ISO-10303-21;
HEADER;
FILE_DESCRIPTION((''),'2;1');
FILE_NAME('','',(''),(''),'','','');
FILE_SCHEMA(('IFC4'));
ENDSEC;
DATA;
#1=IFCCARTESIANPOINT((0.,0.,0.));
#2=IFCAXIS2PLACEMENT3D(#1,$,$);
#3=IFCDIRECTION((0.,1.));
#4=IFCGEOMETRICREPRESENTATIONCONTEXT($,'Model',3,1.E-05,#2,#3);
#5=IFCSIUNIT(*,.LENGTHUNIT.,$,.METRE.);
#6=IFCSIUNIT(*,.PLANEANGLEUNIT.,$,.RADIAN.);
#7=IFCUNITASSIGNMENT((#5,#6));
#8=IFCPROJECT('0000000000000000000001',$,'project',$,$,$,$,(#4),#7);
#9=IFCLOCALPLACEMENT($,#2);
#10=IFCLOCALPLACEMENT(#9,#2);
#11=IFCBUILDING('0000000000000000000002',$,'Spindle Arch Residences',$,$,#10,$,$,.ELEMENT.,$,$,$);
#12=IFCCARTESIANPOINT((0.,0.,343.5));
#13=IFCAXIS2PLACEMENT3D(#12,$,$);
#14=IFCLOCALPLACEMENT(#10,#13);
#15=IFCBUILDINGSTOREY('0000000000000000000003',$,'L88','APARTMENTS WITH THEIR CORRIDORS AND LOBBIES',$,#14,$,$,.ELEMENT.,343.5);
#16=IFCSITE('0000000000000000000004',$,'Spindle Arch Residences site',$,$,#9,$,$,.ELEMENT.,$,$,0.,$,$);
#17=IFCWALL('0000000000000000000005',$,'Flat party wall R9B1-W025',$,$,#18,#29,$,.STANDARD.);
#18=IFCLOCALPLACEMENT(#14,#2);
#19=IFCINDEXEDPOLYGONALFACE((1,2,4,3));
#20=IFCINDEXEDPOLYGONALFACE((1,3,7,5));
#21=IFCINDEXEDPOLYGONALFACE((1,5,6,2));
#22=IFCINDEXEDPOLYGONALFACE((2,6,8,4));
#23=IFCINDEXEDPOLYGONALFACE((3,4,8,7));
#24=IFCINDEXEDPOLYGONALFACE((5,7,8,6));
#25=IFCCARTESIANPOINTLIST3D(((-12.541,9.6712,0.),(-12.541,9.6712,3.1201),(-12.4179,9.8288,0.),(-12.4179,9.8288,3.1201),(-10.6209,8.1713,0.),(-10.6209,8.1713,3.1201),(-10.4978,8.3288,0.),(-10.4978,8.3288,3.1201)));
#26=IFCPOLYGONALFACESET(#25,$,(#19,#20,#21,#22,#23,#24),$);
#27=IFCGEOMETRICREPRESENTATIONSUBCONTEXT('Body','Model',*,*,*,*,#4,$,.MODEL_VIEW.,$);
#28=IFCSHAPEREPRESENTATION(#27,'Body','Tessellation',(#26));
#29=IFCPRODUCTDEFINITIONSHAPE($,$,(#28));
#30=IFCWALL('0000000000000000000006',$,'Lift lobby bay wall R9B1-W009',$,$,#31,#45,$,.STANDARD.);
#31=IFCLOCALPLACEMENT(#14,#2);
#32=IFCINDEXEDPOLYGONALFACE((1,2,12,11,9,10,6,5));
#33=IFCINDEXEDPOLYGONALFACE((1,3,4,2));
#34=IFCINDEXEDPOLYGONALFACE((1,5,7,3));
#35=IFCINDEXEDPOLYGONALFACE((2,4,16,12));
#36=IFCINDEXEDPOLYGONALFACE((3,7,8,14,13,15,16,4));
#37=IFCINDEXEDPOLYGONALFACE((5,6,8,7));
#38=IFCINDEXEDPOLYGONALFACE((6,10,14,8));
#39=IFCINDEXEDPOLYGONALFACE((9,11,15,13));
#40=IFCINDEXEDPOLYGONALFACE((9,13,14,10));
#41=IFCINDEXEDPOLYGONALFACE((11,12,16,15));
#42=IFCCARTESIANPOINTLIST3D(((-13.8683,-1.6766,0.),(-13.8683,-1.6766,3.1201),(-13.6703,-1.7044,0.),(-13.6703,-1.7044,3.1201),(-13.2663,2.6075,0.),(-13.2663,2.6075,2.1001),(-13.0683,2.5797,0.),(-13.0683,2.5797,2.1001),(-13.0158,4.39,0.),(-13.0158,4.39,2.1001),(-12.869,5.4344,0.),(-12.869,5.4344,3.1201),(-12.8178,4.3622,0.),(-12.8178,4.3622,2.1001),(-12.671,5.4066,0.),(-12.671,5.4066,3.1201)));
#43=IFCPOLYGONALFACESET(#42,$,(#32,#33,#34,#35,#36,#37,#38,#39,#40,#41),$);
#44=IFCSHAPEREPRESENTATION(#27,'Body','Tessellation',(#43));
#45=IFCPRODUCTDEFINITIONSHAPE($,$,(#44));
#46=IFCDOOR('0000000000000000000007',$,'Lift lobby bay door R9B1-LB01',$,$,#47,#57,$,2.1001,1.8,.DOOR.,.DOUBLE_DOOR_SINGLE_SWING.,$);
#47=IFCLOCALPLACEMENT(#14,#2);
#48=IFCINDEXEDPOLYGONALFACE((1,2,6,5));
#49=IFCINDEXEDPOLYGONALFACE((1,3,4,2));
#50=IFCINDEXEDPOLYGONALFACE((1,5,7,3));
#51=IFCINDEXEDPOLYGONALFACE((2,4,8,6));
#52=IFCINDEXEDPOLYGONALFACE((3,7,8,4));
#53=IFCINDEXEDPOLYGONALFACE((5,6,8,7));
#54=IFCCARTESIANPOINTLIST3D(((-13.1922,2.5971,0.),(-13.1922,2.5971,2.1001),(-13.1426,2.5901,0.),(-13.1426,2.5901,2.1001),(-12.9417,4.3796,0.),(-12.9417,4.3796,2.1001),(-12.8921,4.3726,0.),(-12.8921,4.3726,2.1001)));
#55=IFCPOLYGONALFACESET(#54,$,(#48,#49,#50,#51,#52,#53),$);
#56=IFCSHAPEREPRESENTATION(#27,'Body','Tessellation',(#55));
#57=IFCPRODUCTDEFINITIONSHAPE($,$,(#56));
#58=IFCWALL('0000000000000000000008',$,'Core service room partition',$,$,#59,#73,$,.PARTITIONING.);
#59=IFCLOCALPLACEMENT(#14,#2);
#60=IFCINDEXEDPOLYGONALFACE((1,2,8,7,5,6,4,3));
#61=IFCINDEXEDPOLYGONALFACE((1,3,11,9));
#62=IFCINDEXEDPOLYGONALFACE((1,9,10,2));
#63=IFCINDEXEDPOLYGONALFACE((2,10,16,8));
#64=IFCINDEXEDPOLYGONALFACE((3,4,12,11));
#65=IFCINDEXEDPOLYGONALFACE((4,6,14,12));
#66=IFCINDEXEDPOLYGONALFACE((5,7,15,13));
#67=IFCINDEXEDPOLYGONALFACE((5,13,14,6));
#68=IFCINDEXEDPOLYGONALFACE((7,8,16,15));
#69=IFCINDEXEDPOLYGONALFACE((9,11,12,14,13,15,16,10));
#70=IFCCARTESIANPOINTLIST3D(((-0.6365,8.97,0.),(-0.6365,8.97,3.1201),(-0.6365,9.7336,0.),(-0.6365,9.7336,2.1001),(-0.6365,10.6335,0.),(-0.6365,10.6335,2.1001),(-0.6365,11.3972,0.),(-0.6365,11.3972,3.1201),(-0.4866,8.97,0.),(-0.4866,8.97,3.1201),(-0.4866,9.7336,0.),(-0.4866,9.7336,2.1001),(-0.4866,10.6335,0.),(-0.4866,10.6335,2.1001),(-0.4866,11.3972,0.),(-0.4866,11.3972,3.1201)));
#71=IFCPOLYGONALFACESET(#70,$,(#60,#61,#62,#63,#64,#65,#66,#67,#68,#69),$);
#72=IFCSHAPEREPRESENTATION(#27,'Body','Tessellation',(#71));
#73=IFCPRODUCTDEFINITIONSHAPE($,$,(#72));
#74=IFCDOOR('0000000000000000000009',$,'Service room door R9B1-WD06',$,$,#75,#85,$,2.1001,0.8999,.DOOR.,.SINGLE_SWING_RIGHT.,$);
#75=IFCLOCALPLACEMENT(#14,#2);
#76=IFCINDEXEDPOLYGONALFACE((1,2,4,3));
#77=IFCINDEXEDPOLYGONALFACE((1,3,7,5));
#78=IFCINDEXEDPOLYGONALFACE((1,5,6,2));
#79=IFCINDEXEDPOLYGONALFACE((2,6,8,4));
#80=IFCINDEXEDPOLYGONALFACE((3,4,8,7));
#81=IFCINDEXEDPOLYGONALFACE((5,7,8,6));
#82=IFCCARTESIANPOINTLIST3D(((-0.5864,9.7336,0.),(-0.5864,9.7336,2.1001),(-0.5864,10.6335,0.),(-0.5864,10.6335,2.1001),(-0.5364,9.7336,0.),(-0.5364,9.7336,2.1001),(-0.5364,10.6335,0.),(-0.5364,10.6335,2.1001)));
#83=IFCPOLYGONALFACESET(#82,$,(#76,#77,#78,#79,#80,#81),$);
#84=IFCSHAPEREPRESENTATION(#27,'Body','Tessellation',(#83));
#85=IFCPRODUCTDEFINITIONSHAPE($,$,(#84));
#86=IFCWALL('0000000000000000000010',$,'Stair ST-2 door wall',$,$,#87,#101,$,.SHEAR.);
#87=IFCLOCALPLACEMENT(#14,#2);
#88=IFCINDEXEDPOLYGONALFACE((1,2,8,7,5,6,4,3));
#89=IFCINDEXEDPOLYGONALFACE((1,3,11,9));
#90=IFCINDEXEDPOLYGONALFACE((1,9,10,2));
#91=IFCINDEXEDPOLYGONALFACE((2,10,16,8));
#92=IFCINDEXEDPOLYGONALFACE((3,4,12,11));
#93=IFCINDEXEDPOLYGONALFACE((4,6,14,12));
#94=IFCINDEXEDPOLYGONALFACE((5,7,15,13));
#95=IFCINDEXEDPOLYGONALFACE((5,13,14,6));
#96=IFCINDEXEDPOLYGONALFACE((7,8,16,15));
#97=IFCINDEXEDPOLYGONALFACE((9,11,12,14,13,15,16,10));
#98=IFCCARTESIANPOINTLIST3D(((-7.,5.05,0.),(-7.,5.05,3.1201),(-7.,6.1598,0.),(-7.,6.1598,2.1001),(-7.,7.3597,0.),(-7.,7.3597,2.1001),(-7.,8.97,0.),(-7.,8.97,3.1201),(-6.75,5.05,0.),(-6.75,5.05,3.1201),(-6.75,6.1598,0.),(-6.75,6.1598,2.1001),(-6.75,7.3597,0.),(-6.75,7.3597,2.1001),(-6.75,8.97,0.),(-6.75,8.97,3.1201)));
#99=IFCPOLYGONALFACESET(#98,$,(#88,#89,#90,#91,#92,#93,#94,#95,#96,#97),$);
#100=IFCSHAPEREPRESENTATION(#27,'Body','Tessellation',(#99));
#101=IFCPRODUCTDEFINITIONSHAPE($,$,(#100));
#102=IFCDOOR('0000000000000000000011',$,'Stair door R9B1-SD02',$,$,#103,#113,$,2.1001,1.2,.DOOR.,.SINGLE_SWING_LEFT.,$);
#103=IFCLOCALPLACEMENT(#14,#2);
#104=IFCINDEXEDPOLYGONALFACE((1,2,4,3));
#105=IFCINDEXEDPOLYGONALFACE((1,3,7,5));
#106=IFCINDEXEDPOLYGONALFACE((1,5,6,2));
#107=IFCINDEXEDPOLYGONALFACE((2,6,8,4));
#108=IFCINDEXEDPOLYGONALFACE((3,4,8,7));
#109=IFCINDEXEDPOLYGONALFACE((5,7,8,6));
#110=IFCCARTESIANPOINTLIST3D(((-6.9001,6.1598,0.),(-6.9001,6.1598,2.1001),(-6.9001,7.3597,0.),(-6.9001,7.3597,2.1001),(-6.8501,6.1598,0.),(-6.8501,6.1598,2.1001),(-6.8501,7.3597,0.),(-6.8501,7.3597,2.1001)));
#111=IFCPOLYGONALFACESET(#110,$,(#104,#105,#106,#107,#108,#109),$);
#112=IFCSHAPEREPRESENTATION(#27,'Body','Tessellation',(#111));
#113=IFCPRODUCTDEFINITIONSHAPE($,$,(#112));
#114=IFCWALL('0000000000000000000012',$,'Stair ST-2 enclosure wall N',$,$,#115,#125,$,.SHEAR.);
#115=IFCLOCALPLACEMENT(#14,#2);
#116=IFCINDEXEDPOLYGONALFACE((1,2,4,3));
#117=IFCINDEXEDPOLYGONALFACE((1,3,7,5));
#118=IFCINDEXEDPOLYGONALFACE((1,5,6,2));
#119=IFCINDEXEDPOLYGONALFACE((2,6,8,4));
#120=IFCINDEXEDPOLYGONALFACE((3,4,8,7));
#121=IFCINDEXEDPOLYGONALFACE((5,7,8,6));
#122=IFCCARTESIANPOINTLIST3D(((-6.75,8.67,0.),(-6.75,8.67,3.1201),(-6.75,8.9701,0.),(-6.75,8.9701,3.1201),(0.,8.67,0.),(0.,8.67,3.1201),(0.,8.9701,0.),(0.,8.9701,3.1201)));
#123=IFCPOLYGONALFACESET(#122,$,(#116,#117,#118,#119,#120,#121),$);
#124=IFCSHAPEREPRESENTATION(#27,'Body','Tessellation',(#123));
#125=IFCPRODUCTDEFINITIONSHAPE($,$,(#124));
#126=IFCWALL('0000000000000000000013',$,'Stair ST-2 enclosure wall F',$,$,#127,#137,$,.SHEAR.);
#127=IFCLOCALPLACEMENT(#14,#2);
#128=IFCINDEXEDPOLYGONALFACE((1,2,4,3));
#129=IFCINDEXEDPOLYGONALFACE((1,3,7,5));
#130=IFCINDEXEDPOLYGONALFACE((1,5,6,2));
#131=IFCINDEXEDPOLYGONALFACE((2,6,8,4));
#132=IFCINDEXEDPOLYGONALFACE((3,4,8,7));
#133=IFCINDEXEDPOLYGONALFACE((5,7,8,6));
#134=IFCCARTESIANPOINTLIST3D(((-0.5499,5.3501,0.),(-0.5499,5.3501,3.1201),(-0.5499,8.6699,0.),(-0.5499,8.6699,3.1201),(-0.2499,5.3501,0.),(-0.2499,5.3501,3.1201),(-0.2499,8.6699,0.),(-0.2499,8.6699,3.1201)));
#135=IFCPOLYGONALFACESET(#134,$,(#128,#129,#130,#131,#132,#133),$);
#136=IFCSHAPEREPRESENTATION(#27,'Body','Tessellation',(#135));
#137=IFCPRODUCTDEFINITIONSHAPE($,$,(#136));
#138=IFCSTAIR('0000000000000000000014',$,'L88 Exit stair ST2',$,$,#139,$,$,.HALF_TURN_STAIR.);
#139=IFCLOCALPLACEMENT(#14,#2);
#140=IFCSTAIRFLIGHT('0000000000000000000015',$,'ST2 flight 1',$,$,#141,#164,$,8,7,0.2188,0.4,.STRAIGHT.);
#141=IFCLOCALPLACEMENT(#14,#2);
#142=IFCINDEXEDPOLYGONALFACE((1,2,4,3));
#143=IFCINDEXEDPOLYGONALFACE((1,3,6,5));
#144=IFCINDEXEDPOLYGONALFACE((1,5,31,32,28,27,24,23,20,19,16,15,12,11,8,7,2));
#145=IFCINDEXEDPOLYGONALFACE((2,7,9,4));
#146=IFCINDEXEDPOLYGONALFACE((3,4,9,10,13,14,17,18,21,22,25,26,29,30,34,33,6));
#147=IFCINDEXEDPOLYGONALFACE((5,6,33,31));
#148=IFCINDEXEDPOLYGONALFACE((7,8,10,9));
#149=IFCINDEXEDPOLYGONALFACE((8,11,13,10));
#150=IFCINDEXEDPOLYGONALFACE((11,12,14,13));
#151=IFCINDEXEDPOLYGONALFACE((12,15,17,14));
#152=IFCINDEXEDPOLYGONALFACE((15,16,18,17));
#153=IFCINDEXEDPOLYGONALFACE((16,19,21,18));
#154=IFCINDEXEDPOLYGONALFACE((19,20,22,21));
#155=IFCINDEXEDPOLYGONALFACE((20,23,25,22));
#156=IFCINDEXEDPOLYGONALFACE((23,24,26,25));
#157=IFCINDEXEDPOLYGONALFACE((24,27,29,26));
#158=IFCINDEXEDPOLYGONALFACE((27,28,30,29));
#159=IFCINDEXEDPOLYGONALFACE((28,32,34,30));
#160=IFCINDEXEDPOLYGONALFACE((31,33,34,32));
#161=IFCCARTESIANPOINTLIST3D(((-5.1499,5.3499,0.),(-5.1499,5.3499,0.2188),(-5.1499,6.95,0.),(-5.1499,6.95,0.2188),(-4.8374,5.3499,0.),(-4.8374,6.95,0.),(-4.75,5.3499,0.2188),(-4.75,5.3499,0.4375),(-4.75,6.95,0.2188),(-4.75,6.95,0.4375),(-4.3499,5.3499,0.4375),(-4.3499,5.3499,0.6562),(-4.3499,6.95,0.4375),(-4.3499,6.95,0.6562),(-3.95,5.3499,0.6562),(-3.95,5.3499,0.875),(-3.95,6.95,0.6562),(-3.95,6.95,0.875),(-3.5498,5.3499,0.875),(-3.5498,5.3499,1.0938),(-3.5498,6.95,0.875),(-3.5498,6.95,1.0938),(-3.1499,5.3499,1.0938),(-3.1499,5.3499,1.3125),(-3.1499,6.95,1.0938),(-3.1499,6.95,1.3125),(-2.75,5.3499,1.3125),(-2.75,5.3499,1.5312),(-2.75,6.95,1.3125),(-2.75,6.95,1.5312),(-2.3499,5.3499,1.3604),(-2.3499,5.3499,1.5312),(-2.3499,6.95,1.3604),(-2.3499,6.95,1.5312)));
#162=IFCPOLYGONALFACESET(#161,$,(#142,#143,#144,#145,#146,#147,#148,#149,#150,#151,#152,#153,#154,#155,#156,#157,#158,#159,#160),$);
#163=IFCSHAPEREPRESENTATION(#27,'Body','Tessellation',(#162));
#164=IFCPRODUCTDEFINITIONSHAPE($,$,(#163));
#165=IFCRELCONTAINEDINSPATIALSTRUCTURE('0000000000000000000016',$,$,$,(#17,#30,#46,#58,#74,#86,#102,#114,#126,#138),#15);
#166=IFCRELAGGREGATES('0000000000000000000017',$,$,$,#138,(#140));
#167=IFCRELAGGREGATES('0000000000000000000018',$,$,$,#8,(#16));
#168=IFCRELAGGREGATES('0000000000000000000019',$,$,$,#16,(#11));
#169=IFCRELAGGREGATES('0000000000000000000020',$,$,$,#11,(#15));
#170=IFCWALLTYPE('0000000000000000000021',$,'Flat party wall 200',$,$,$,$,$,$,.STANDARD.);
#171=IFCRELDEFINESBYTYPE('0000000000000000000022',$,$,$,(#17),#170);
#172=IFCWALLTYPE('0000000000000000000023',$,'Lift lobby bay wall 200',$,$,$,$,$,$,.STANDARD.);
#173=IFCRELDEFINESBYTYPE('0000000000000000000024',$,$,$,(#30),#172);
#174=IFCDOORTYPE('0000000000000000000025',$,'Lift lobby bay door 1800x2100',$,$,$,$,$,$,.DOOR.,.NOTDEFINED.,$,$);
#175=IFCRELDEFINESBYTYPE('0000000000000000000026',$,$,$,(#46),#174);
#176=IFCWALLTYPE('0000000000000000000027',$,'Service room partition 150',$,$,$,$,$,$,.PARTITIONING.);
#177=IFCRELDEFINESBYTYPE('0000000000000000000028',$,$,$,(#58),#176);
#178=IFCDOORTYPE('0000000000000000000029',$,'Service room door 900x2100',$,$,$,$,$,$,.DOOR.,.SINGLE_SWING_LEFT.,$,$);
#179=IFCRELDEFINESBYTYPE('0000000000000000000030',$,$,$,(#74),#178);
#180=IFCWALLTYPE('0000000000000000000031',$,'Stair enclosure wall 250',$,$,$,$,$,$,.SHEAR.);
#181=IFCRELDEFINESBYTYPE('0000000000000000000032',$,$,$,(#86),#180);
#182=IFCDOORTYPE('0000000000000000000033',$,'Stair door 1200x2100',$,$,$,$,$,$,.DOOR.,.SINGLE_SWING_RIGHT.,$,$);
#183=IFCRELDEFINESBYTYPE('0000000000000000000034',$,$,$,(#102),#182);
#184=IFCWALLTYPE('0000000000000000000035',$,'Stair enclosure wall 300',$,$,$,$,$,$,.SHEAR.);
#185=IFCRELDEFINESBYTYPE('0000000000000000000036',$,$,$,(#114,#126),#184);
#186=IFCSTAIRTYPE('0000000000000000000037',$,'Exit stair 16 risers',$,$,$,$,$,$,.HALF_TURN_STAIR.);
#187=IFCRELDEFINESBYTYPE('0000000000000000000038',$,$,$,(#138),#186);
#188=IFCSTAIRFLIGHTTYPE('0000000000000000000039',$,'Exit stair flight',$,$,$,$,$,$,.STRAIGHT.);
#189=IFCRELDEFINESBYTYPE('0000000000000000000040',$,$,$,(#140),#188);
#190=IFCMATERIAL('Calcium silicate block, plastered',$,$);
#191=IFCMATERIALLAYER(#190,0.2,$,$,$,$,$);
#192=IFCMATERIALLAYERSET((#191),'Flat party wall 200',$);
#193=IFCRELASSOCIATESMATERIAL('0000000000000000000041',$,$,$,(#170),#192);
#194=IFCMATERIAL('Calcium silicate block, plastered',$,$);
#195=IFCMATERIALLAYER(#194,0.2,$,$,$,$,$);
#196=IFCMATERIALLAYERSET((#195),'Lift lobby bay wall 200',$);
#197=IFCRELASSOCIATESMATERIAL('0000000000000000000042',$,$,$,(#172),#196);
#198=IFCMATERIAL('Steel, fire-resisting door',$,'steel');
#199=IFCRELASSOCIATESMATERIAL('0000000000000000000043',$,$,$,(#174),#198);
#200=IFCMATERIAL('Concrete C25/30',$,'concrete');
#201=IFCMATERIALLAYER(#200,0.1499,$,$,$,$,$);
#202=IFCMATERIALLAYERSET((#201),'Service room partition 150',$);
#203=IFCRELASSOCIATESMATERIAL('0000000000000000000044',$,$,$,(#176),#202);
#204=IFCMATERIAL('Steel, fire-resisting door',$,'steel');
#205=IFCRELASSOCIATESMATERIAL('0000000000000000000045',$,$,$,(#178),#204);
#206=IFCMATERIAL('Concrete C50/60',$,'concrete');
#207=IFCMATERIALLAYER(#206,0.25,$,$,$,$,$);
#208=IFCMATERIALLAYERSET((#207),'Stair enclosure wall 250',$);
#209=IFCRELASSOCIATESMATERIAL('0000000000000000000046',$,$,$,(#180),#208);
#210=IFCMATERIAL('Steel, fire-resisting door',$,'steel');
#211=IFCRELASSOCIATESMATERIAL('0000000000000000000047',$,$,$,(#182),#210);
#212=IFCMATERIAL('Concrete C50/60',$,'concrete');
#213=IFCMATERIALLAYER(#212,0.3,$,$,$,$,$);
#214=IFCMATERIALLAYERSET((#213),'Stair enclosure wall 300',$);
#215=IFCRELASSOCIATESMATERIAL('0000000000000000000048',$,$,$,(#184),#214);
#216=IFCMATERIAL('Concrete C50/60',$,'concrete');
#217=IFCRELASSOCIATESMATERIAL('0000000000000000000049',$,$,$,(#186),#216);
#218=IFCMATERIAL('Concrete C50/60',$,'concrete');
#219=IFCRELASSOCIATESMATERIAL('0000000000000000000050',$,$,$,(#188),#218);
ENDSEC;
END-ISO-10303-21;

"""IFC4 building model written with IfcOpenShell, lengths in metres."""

from ifc_helpers import new_model, si_unit, direction, frame, frame_2d, origin, place, context, subcontext, project, spatial, polyline, rectangle, outline, extrude, material, layer, layer_set, type_object, element, fill, aggregate, save


model = new_model("IFC4")

# Units and contexts
model_context = context("Model", 3, precision=1e-05, world=origin(), true_north=direction((0.0, 1.0)))
body_context = subcontext(model_context, "Body", "Model", "MODEL_VIEW")
ifc_project = project(units=[si_unit("LENGTHUNIT", "METRE"), si_unit("PLANEANGLEUNIT", "RADIAN")], contexts=[model_context])

# Site, building, storey
site_placement = place(None, origin())
site = spatial("IfcSite", under=ifc_project, at=site_placement, Name="Spindle Arch Residences site", CompositionType="ELEMENT", RefElevation=0.0)
building_placement = place(site_placement, origin())
building = spatial("IfcBuilding", under=site, at=building_placement, Name="Spindle Arch Residences", CompositionType="ELEMENT")
storey_placement = place(building_placement, frame((0.0, 0.0, 343.5)))
storey = spatial("IfcBuildingStorey", under=building, at=storey_placement, Name="L88", Description="APARTMENTS WITH THEIR CORRIDORS AND LOBBIES", CompositionType="ELEMENT", Elevation=343.5)

# Wall
ifc_material_1 = material(Name="Calcium silicate block, plastered")
ifc_layer_1 = layer(ifc_material_1, 0.2)
ifc_layer_set_1 = layer_set([ifc_layer_1], Name="Flat party wall 200")
wall_type_1 = type_object("IfcWallType", Name="Flat party wall 200", PredefinedType="STANDARD", material=ifc_layer_set_1)
wall_1_placement = place(storey_placement, frame((-12.4795, 9.75, 0.0), z_axis=(0.0, 0.0, 1.0), x_axis=(0.78805, -0.615611, 0.0)))
element("IfcWall", 1, at=wall_1_placement, inside=storey, type_object=wall_type_1, Name="Flat party wall R9B1-W025", PredefinedType="STANDARD", context=body_context, shape_type="SweptSolid", body=[
    extrude(rectangle(XDim=2.4365, YDim=0.2, at=frame_2d((1.2183, 0.0))), origin(), (0.0, 0.0, 1.0), 3.1201),
])

# Walls, openings, doors
ifc_material_2 = material(Name="Calcium silicate block, plastered")
ifc_layer_2 = layer(ifc_material_2, 0.2)
ifc_layer_set_2 = layer_set([ifc_layer_2], Name="Lift lobby bay wall 200")
wall_type_2 = type_object("IfcWallType", Name="Lift lobby bay wall 200", PredefinedType="STANDARD", material=ifc_layer_set_2)
wall_2_placement = place(storey_placement, frame((-12.77, 5.4204, 0.0), z_axis=(0.0, 0.0, 1.0), x_axis=(-0.139155, -0.990271, 0.0)))
wall_2 = element("IfcWall", 2, at=wall_2_placement, inside=storey, type_object=wall_type_2, Name="Lift lobby bay wall R9B1-W009", PredefinedType="STANDARD", context=body_context, shape_type="SweptSolid", body=[
    extrude(rectangle(XDim=7.1809, YDim=0.2, at=frame_2d((3.5903, 0.0))), origin(), (0.0, 0.0, 1.0), 3.1201),
])
opening_1_placement = place(wall_2_placement, frame((1.0547, 0.0, 0.0)))
opening_1 = element("IfcOpeningElement", 3, at=opening_1_placement, cuts=wall_2, PredefinedType="OPENING", context=body_context, shape_type="SweptSolid", body=[
    extrude(rectangle(XDim=1.8, YDim=2.1001, at=frame_2d((0.8999, 1.05))), frame((0.0, 0.1099, 0.0), z_axis=(0.0, -1.0, 0.0), x_axis=(1.0, 0.0, 0.0)), (0.0, 0.0, 1.0), 0.22),
])
ifc_material_3 = material(Name="Steel, fire-resisting door", Category="steel")
door_type_1 = type_object("IfcDoorType", Name="Lift lobby bay door 1800x2100", OperationType="NOTDEFINED", PredefinedType="DOOR", material=ifc_material_3)
door_1_placement = place(opening_1_placement, origin())
door_1 = element("IfcDoor", 4, at=door_1_placement, inside=storey, type_object=door_type_1, Name="Lift lobby bay door R9B1-LB01", OperationType="DOUBLE_DOOR_SINGLE_SWING", OverallHeight=2.1001, OverallWidth=1.8, PredefinedType="DOOR", context=body_context, shape_type="SweptSolid", body=[
    extrude(rectangle(XDim=1.8, YDim=2.1001, at=frame_2d((0.8999, 1.05))), frame((0.0, 0.0249, 0.0), z_axis=(0.0, -1.0, 0.0), x_axis=(1.0, 0.0, 0.0)), (0.0, 0.0, 1.0), 0.05),
])
fill(opening_1, door_1)
ifc_material_4 = material(Name="Concrete C25/30", Category="concrete")
ifc_layer_3 = layer(ifc_material_4, 0.1499)
ifc_layer_set_3 = layer_set([ifc_layer_3], Name="Service room partition 150")
wall_type_3 = type_object("IfcWallType", Name="Service room partition 150", PredefinedType="PARTITIONING", material=ifc_layer_set_3)
wall_3_placement = place(storey_placement, frame((-0.5615, 8.97, 0.0), z_axis=(0.0, 0.0, 1.0), x_axis=(0.0, 1.0, 0.0)))
wall_3 = element("IfcWall", 5, at=wall_3_placement, inside=storey, type_object=wall_type_3, Name="Core service room partition", PredefinedType="PARTITIONING", context=body_context, shape_type="SweptSolid", body=[
    extrude(rectangle(XDim=2.4272, YDim=0.1499, at=frame_2d((1.2136, 0.0))), origin(), (0.0, 0.0, 1.0), 3.1201),
])
opening_2_placement = place(wall_3_placement, frame((0.7637, 0.0, 0.0)))
opening_2 = element("IfcOpeningElement", 6, at=opening_2_placement, cuts=wall_3, PredefinedType="OPENING", context=body_context, shape_type="SweptSolid", body=[
    extrude(rectangle(XDim=0.8999, YDim=2.1001, at=frame_2d((0.45, 1.05))), frame((0.0, 0.085, 0.0), z_axis=(0.0, -1.0, 0.0), x_axis=(1.0, 0.0, 0.0)), (0.0, 0.0, 1.0), 0.1699),
])
ifc_material_5 = material(Name="Steel, fire-resisting door", Category="steel")
door_type_2 = type_object("IfcDoorType", Name="Service room door 900x2100", OperationType="SINGLE_SWING_LEFT", PredefinedType="DOOR", material=ifc_material_5)
door_2_placement = place(opening_2_placement, origin())
door_2 = element("IfcDoor", 7, at=door_2_placement, inside=storey, type_object=door_type_2, Name="Service room door R9B1-WD06", OperationType="SINGLE_SWING_RIGHT", OverallHeight=2.1001, OverallWidth=0.8999, PredefinedType="DOOR", context=body_context, shape_type="SweptSolid", body=[
    extrude(rectangle(XDim=0.8999, YDim=2.1001, at=frame_2d((0.45, 1.05))), frame((0.0, 0.0249, 0.0), z_axis=(0.0, -1.0, 0.0), x_axis=(1.0, 0.0, 0.0)), (0.0, 0.0, 1.0), 0.05),
])
fill(opening_2, door_2)
ifc_material_6 = material(Name="Concrete C50/60", Category="concrete")
ifc_layer_4 = layer(ifc_material_6, 0.25)
ifc_layer_set_4 = layer_set([ifc_layer_4], Name="Stair enclosure wall 250")
wall_type_4 = type_object("IfcWallType", Name="Stair enclosure wall 250", PredefinedType="SHEAR", material=ifc_layer_set_4)
wall_4_placement = place(storey_placement, frame((-6.875, 8.97, 0.0), z_axis=(0.0, 0.0, 1.0), x_axis=(0.0, -1.0, 0.0)))
wall_4 = element("IfcWall", 8, at=wall_4_placement, inside=storey, type_object=wall_type_4, Name="Stair ST-2 door wall", PredefinedType="SHEAR", context=body_context, shape_type="SweptSolid", body=[
    extrude(rectangle(XDim=3.9199, YDim=0.25, at=frame_2d((1.96, 0.0))), origin(), (0.0, 0.0, 1.0), 3.1201),
])
opening_3_placement = place(wall_4_placement, frame((1.6101, 0.0, 0.0)))
opening_3 = element("IfcOpeningElement", 9, at=opening_3_placement, cuts=wall_4, PredefinedType="OPENING", context=body_context, shape_type="SweptSolid", body=[
    extrude(rectangle(XDim=1.2, YDim=2.1001, at=frame_2d((0.6001, 1.05))), frame((0.0, 0.135, 0.0), z_axis=(0.0, -1.0, 0.0), x_axis=(1.0, 0.0, 0.0)), (0.0, 0.0, 1.0), 0.27),
])
ifc_material_7 = material(Name="Steel, fire-resisting door", Category="steel")
door_type_3 = type_object("IfcDoorType", Name="Stair door 1200x2100", OperationType="SINGLE_SWING_RIGHT", PredefinedType="DOOR", material=ifc_material_7)
door_3_placement = place(opening_3_placement, origin())
door_3 = element("IfcDoor", 10, at=door_3_placement, inside=storey, type_object=door_type_3, Name="Stair door R9B1-SD02", OperationType="SINGLE_SWING_LEFT", OverallHeight=2.1001, OverallWidth=1.2, PredefinedType="DOOR", context=body_context, shape_type="SweptSolid", body=[
    extrude(rectangle(XDim=1.2, YDim=2.1001, at=frame_2d((0.6001, 1.05))), frame((0.0, 0.0249, 0.0), z_axis=(0.0, -1.0, 0.0), x_axis=(1.0, 0.0, 0.0)), (0.0, 0.0, 1.0), 0.05),
])
fill(opening_3, door_3)

# Walls
ifc_material_8 = material(Name="Concrete C50/60", Category="concrete")
ifc_layer_5 = layer(ifc_material_8, 0.3)
ifc_layer_set_5 = layer_set([ifc_layer_5], Name="Stair enclosure wall 300")
wall_type_5 = type_object("IfcWallType", Name="Stair enclosure wall 300", PredefinedType="SHEAR", material=ifc_layer_set_5)
wall_5_placement = place(storey_placement, frame((-6.75, 8.8201, 0.0), z_axis=(0.0, 0.0, 1.0), x_axis=(1.0, 0.0, 0.0)))
element("IfcWall", 11, at=wall_5_placement, inside=storey, type_object=wall_type_5, Name="Stair ST-2 enclosure wall N", PredefinedType="SHEAR", context=body_context, shape_type="SweptSolid", body=[
    extrude(rectangle(XDim=6.75, YDim=0.3, at=frame_2d((3.375, 0.0))), origin(), (0.0, 0.0, 1.0), 3.1201),
])
wall_6_placement = place(storey_placement, frame((-0.3999, 5.3501, 0.0), z_axis=(0.0, 0.0, 1.0), x_axis=(0.0, 1.0, 0.0)))
element("IfcWall", 12, at=wall_6_placement, inside=storey, type_object=wall_type_5, Name="Stair ST-2 enclosure wall F", PredefinedType="SHEAR", context=body_context, shape_type="SweptSolid", body=[
    extrude(rectangle(XDim=3.3198, YDim=0.3, at=frame_2d((1.6599, 0.0))), origin(), (0.0, 0.0, 1.0), 3.1201),
])

# Stair, stair flight
ifc_material_9 = material(Name="Concrete C50/60", Category="concrete")
stair_type = type_object("IfcStairType", Name="Exit stair 16 risers", PredefinedType="HALF_TURN_STAIR", material=ifc_material_9)
stair_placement = place(storey_placement, origin())
stair = element("IfcStair", 13, at=stair_placement, inside=storey, type_object=stair_type, Name="L88 Exit stair ST2", PredefinedType="HALF_TURN_STAIR")
ifc_material_10 = material(Name="Concrete C50/60", Category="concrete")
stair_flight_type = type_object("IfcStairFlightType", Name="Exit stair flight", PredefinedType="STRAIGHT", material=ifc_material_10)
stair_flight_1_placement = place(storey_placement, frame((-5.1499, 6.1499, 0.0), z_axis=(0.0, 0.0, 1.0), x_axis=(1.0, 0.0, 0.0)))
stair_flight_1 = element("IfcStairFlight", 14, at=stair_flight_1_placement, type_object=stair_flight_type, Name="ST2 flight 1", NumberOfRisers=8, NumberOfTreads=7, PredefinedType="STRAIGHT", RiserHeight=0.2188, TreadLength=0.4, context=body_context, shape_type="SweptSolid", body=[
    extrude(outline(polyline([(0.0, 0.0), (0.0, 0.2188), (0.3999, 0.2188), (0.3999, 0.4375), (0.8, 0.4375), (0.8, 0.6562), (1.2, 0.6562), (1.2, 0.875), (1.6001, 0.875), (1.6001, 1.0938), (2.0, 1.0938), (2.0, 1.3125), (2.3999, 1.3125), (2.3999, 1.5312), (2.8, 1.5312), (2.8, 1.75), (2.8, 1.3604), (0.3125, 0.0), (0.0, 0.0)])), frame((0.0, 0.8, 0.0), z_axis=(0.0, -1.0, 0.0), x_axis=(1.0, 0.0, 0.0)), (0.0, 0.0, 1.0), 1.6001),
])
aggregate(stair, [stair_flight_1])

save(model, "model.ifc")
